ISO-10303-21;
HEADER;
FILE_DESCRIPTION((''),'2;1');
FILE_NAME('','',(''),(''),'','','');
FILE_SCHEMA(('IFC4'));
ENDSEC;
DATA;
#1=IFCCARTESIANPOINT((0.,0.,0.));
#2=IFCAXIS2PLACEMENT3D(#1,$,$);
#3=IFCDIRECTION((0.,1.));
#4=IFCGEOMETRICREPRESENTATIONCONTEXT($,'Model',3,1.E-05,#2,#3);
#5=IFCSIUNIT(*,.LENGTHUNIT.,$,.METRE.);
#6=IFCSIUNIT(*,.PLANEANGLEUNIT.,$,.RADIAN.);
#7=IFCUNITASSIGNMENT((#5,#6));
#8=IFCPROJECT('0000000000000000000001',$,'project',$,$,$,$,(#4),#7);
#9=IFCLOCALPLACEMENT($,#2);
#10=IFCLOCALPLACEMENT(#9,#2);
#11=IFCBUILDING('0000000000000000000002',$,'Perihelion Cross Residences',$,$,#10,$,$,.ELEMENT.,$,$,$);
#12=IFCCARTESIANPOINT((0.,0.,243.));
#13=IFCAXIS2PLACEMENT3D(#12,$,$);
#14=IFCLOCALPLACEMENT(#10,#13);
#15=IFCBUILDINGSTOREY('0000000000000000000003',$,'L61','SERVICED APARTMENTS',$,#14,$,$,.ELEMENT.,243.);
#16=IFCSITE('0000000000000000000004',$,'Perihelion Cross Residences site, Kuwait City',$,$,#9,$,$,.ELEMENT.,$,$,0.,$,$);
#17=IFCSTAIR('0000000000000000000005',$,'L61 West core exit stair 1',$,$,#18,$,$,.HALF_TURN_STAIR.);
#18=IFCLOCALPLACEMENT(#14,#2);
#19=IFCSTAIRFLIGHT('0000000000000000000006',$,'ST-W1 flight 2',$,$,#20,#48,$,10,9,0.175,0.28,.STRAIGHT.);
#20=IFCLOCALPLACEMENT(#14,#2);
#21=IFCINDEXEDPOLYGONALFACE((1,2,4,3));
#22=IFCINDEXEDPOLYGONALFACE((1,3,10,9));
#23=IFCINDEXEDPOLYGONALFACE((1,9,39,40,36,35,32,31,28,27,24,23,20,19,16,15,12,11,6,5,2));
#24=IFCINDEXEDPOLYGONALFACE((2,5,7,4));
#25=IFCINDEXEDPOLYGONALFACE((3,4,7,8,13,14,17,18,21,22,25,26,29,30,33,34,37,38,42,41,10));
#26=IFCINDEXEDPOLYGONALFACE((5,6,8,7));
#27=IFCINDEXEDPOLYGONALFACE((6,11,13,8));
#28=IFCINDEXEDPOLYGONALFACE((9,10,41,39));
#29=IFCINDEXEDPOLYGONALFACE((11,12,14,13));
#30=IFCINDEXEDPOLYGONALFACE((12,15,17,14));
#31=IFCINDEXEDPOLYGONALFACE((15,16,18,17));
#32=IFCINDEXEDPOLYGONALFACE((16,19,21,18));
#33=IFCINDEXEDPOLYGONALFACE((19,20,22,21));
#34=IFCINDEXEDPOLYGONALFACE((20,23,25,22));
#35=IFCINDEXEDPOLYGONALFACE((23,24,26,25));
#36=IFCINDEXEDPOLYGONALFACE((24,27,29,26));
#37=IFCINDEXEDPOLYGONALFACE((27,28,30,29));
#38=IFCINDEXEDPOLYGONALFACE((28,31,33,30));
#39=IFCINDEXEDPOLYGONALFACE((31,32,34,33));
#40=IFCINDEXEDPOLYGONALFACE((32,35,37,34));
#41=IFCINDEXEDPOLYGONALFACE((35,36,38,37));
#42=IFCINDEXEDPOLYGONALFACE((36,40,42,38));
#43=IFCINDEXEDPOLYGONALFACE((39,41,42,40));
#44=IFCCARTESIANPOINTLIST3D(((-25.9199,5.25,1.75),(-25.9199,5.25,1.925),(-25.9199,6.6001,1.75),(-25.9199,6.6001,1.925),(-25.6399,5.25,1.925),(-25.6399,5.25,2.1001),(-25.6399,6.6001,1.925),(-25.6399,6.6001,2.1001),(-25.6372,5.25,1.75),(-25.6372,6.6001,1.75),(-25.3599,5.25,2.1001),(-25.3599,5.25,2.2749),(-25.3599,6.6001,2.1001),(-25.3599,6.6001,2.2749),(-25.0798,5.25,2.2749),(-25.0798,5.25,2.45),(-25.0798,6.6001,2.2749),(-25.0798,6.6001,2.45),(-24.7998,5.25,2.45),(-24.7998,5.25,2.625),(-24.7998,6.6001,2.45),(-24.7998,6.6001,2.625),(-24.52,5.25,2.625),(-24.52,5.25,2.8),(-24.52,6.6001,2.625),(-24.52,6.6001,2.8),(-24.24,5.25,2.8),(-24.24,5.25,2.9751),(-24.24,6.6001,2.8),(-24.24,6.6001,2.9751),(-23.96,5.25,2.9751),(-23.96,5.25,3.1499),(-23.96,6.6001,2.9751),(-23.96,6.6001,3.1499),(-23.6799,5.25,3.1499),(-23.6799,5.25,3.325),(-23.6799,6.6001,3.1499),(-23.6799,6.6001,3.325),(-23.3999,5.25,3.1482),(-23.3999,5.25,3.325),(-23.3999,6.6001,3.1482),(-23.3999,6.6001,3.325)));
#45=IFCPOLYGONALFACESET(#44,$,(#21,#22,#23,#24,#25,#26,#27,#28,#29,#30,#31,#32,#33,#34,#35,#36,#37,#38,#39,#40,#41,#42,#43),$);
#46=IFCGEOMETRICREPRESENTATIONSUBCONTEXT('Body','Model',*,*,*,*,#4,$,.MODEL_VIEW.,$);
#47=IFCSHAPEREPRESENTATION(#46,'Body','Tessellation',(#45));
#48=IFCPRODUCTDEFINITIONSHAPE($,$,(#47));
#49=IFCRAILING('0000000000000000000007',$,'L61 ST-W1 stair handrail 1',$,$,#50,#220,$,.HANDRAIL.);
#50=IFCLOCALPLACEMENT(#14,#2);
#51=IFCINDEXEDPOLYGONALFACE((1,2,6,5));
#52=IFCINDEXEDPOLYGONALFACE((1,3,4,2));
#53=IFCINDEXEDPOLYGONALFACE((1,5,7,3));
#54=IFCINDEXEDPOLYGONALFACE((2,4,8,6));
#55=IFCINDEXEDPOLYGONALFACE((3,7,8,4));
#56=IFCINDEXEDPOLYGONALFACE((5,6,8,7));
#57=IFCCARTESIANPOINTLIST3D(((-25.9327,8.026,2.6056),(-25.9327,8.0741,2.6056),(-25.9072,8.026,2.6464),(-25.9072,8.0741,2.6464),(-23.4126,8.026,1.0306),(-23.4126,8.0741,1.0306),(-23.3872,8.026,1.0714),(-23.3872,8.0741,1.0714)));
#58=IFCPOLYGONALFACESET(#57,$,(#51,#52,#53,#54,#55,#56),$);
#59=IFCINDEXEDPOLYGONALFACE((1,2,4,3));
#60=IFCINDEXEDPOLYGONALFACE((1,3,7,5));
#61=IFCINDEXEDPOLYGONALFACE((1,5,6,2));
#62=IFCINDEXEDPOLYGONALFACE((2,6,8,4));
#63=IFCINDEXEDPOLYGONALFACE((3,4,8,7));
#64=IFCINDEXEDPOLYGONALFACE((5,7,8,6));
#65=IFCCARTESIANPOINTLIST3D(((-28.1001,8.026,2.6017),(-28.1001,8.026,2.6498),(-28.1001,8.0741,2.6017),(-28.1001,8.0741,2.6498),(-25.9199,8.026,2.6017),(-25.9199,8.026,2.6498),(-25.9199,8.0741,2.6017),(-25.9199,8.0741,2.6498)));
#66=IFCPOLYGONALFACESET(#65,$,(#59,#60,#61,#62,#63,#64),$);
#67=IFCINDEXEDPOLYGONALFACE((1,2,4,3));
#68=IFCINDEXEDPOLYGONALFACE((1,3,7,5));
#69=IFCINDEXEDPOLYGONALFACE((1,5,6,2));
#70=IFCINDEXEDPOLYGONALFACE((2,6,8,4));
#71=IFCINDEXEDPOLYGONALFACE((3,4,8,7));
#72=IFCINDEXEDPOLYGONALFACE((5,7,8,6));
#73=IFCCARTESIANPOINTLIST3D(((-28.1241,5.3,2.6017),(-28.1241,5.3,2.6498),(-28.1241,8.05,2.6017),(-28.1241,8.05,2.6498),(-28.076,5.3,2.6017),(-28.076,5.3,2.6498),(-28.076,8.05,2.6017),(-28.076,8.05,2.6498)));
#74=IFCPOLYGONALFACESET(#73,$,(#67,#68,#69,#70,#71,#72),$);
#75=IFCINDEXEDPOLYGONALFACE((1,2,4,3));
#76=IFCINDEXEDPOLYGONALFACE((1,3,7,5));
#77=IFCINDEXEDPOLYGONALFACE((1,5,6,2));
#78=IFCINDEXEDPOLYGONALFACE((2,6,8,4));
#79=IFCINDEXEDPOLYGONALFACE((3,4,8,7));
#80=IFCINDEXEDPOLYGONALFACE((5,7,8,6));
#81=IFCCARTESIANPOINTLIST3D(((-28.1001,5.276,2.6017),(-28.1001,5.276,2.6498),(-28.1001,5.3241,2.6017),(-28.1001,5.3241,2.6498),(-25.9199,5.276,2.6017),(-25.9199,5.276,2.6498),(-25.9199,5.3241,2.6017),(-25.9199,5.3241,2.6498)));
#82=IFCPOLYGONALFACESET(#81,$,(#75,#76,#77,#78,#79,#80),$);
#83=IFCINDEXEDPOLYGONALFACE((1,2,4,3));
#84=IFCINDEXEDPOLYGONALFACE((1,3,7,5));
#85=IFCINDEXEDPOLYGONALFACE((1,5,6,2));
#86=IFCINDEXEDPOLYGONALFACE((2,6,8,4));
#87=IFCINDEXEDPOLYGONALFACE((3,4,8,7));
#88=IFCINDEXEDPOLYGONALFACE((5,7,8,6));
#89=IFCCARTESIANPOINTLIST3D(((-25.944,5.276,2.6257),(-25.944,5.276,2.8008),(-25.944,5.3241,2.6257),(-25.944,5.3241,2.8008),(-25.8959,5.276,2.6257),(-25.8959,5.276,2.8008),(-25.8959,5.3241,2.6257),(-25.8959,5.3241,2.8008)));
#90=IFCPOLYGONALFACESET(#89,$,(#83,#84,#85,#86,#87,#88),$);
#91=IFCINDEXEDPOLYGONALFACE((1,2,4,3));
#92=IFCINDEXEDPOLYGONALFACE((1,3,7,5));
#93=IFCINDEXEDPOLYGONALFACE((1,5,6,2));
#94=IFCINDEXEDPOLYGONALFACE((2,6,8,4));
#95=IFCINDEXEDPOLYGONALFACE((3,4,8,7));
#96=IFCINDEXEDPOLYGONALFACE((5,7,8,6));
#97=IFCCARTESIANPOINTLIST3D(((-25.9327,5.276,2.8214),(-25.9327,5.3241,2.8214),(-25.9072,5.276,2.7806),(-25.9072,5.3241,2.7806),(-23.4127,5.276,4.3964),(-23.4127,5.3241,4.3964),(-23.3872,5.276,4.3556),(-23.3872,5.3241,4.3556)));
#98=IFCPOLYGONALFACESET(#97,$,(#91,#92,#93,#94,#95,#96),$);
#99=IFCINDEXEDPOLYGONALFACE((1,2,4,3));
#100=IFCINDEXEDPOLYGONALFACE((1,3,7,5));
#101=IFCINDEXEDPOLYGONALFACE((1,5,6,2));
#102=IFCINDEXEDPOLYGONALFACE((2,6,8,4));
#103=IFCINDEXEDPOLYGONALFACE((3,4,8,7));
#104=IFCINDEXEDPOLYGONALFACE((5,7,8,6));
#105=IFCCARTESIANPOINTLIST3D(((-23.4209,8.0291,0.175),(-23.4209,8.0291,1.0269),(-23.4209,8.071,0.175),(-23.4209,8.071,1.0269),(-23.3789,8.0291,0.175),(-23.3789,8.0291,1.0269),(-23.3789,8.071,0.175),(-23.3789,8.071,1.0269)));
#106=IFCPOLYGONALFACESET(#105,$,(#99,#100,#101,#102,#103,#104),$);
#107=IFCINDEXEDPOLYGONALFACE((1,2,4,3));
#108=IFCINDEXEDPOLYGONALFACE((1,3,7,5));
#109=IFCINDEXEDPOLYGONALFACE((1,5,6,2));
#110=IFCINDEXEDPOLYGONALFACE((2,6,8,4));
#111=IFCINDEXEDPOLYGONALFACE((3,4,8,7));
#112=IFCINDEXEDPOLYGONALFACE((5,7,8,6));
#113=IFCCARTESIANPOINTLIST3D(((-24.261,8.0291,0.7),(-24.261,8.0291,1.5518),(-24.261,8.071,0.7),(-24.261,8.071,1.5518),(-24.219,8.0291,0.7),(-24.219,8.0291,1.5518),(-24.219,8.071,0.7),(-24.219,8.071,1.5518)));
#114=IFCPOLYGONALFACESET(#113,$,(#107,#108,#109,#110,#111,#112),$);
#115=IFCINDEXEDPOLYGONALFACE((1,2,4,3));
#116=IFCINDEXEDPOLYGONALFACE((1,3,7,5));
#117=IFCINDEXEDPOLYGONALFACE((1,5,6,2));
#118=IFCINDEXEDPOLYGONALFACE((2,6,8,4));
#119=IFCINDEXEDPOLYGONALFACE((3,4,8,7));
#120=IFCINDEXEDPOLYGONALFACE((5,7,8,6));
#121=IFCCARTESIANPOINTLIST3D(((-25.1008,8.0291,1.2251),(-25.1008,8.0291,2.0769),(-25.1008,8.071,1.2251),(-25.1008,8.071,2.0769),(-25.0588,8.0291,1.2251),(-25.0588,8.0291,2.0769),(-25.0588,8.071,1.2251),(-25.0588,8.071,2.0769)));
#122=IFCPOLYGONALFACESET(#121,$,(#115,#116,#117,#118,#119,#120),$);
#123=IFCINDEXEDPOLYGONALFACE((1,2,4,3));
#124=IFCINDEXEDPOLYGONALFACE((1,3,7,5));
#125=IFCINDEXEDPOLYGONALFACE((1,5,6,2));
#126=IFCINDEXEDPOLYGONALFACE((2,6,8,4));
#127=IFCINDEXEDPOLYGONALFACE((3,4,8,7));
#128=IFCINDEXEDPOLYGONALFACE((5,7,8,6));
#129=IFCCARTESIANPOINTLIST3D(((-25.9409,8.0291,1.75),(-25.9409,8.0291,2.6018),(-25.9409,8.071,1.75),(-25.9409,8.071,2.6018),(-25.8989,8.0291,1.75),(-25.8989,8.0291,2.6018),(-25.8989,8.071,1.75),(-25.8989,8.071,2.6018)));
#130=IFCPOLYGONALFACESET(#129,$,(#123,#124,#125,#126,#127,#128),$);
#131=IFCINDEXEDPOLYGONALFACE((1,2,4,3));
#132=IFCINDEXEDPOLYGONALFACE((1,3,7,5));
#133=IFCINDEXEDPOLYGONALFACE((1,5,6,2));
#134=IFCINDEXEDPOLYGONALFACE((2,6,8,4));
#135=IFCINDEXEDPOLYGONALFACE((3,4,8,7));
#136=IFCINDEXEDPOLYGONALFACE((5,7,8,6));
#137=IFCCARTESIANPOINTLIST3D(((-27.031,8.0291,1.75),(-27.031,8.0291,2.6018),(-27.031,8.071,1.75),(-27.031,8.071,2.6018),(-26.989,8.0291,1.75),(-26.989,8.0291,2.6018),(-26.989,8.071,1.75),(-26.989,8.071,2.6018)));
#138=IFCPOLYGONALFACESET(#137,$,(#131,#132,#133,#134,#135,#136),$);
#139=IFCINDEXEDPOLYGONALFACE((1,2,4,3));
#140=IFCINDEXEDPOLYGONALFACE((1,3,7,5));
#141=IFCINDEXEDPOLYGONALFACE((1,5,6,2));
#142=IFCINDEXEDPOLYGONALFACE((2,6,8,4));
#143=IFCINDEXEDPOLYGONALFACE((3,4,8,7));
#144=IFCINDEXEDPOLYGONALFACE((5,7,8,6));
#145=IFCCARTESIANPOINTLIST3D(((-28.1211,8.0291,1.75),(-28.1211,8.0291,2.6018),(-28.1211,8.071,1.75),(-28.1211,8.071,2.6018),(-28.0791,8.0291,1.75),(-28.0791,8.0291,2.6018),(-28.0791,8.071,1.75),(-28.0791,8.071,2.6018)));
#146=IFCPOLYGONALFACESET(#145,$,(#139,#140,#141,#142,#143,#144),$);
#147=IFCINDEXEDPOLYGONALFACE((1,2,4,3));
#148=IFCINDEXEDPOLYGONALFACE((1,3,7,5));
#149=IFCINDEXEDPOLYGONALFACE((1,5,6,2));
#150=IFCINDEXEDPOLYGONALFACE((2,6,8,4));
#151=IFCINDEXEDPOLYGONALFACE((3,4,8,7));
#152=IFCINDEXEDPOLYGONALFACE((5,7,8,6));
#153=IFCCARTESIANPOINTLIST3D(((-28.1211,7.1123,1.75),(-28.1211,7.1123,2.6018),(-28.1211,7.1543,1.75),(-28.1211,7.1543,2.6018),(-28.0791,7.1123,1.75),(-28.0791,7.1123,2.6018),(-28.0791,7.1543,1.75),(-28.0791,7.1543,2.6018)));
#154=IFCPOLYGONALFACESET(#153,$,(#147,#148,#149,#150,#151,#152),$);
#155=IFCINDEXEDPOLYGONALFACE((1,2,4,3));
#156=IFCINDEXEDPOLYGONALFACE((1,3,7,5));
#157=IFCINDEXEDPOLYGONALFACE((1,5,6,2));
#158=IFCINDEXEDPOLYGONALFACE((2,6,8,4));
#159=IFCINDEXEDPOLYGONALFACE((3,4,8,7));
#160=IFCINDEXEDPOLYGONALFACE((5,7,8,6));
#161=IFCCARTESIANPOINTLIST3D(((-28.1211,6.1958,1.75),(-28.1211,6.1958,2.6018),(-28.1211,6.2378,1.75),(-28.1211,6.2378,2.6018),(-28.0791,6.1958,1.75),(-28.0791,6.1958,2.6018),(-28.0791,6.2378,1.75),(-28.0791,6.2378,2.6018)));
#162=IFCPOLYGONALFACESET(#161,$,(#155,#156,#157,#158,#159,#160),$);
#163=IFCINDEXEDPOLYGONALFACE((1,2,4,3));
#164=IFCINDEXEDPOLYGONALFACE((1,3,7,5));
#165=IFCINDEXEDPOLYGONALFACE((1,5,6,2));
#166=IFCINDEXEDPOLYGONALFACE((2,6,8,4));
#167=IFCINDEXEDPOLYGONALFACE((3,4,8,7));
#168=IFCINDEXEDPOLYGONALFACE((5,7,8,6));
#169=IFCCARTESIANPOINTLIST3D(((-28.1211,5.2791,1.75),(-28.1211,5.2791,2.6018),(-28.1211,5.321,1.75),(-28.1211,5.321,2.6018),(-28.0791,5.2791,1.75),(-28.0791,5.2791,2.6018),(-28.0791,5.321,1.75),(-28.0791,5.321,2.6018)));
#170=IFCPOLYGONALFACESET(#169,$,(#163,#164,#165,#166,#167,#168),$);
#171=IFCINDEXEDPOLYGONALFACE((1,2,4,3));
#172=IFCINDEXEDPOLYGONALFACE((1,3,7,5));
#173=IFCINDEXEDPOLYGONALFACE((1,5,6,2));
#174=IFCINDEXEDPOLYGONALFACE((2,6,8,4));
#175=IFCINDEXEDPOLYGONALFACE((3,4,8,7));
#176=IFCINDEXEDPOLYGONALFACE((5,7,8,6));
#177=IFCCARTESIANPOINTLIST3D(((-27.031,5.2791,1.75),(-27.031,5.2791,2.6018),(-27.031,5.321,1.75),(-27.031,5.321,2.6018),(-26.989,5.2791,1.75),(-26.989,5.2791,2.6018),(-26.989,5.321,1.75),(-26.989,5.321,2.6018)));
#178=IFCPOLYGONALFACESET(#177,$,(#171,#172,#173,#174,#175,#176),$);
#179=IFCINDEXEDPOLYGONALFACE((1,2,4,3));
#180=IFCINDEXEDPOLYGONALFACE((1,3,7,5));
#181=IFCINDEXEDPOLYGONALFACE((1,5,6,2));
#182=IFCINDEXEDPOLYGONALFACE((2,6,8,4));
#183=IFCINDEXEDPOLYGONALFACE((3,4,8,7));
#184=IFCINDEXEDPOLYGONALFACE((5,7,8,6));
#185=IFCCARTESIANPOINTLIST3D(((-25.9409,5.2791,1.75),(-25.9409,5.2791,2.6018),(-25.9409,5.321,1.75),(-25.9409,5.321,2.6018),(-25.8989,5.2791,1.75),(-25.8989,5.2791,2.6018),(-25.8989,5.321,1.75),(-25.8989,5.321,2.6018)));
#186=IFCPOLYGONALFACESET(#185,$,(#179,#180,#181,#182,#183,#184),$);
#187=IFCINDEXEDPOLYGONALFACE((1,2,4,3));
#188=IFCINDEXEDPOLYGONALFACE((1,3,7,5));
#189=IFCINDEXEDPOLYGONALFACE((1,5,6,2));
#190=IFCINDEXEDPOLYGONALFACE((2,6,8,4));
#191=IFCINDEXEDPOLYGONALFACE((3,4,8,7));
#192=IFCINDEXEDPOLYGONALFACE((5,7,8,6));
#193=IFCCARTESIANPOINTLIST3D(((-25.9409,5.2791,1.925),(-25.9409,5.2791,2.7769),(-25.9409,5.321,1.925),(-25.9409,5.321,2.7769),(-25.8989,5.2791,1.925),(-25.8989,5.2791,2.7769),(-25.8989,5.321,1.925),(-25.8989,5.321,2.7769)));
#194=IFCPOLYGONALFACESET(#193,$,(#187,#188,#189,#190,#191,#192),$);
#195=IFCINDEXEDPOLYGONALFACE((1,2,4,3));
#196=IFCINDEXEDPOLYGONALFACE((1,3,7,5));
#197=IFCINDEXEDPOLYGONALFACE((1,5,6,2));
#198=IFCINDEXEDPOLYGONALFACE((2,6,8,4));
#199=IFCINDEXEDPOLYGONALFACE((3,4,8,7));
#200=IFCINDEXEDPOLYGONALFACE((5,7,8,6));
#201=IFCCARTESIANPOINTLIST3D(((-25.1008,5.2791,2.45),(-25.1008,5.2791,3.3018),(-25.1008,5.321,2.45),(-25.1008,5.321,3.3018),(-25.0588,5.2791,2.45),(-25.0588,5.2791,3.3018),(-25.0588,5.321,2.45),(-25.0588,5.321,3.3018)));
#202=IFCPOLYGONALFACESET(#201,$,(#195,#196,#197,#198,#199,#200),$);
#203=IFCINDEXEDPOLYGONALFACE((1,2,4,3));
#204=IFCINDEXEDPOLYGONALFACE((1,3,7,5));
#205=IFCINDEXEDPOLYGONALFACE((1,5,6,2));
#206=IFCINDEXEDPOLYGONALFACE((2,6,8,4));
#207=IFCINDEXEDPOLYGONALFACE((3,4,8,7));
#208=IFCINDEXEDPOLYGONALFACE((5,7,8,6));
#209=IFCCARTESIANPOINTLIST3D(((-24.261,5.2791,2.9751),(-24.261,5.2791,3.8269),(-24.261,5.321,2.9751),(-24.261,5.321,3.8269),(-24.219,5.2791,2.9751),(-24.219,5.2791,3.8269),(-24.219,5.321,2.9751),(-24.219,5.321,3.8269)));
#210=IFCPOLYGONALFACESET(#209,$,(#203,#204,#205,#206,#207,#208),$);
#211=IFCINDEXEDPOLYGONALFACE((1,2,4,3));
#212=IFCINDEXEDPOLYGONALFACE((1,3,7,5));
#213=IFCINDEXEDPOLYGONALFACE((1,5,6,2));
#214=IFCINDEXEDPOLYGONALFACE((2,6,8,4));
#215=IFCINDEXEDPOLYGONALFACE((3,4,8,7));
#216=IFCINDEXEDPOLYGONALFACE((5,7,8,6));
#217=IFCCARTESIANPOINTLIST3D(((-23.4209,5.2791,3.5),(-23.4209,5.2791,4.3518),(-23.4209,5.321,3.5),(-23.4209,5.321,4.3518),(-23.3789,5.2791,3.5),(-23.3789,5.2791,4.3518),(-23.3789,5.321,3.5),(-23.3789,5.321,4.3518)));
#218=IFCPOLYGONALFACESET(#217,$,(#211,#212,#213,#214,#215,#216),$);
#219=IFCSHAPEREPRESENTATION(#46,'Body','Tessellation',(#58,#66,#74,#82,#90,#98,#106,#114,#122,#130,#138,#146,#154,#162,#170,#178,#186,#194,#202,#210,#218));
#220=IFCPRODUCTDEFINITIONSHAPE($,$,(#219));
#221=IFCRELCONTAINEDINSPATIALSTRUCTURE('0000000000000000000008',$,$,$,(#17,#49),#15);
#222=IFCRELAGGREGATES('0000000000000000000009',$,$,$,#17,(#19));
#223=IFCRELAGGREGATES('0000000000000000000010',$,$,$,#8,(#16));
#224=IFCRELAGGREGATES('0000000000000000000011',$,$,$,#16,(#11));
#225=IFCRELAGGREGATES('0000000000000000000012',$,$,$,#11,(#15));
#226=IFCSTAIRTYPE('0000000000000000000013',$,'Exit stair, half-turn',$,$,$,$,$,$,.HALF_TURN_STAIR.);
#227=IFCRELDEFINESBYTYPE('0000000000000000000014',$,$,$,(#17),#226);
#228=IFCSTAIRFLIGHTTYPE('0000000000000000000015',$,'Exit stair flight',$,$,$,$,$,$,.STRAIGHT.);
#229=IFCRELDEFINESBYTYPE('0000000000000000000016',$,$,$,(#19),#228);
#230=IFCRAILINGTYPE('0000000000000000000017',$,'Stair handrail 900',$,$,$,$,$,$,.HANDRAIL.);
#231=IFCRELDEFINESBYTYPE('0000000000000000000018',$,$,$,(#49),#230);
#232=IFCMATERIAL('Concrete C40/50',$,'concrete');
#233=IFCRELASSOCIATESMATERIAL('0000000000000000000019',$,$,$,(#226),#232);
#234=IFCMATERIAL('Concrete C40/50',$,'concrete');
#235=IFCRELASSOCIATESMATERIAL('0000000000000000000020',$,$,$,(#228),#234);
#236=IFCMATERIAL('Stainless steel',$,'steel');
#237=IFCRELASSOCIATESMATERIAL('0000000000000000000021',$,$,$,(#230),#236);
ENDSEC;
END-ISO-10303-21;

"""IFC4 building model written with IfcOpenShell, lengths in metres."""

from ifc_helpers import new_model, si_unit, direction, frame, origin, origin_2d, place, context, subcontext, project, spatial, polyline, rectangle, outline, extrude, material, type_object, element, aggregate, save


model = new_model("IFC4")

# Units and contexts
model_context = context("Model", 3, precision=1e-05, world=origin(), true_north=direction((0.0, 1.0)))
body_context = subcontext(model_context, "Body", "Model", "MODEL_VIEW")
ifc_project = project(units=[si_unit("LENGTHUNIT", "METRE"), si_unit("PLANEANGLEUNIT", "RADIAN")], contexts=[model_context])

# Site, building, storey
site_placement = place(None, origin())
site = spatial("IfcSite", under=ifc_project, at=site_placement, Name="Perihelion Cross Residences site, Kuwait City", CompositionType="ELEMENT", RefElevation=0.0)
building_placement = place(site_placement, origin())
building = spatial("IfcBuilding", under=site, at=building_placement, Name="Perihelion Cross Residences", CompositionType="ELEMENT")
storey_placement = place(building_placement, frame((0.0, 0.0, 243.0)))
storey = spatial("IfcBuildingStorey", under=building, at=storey_placement, Name="L61", Description="SERVICED APARTMENTS", CompositionType="ELEMENT", Elevation=243.0)

# Stair, stair flight
ifc_material_1 = material(Name="Concrete C40/50", Category="concrete")
stair_type = type_object("IfcStairType", Name="Exit stair, half-turn", PredefinedType="HALF_TURN_STAIR", material=ifc_material_1)
stair_placement = place(storey_placement, origin())
stair = element("IfcStair", 1, at=stair_placement, inside=storey, type_object=stair_type, Name="L61 West core exit stair 1", PredefinedType="HALF_TURN_STAIR")
ifc_material_2 = material(Name="Concrete C40/50", Category="concrete")
stair_flight_type = type_object("IfcStairFlightType", Name="Exit stair flight", PredefinedType="STRAIGHT", material=ifc_material_2)
stair_flight_1_placement = place(storey_placement, frame((-25.9199, 5.925, 1.75), z_axis=(0.0, 0.0, 1.0), x_axis=(1.0, 0.0, 0.0)))
stair_flight_1 = element("IfcStairFlight", 2, at=stair_flight_1_placement, type_object=stair_flight_type, Name="ST-W1 flight 2", NumberOfRisers=10, NumberOfTreads=9, PredefinedType="STRAIGHT", RiserHeight=0.175, TreadLength=0.28, context=body_context, shape_type="SweptSolid", body=[
    extrude(outline(polyline([(0.0, 0.0), (0.0, 0.175), (0.28, 0.175), (0.28, 0.3501), (0.5601, 0.3501), (0.5601, 0.5249), (0.8401, 0.5249), (0.8401, 0.7), (1.1201, 0.7), (1.1201, 0.875), (1.3999, 0.875), (1.3999, 1.05), (1.6799, 1.05), (1.6799, 1.2251), (1.96, 1.2251), (1.96, 1.3999), (2.24, 1.3999), (2.24, 1.575), (2.52, 1.575), (2.52, 1.75), (2.52, 1.3982), (0.2827, 0.0), (0.0, 0.0)])), frame((0.0, 0.675, 0.0), z_axis=(0.0, -1.0, 0.0), x_axis=(1.0, 0.0, 0.0)), (0.0, 0.0, 1.0), 1.3501),
])
aggregate(stair, [stair_flight_1])

# Railing
ifc_material_3 = material(Name="Stainless steel", Category="steel")
railing_type = type_object("IfcRailingType", Name="Stair handrail 900", PredefinedType="HANDRAIL", material=ifc_material_3)
railing_placement = place(storey_placement, frame((-23.3999, 8.05, 0.175)))
element("IfcRailing", 3, at=railing_placement, inside=storey, type_object=railing_type, Name="L61 ST-W1 stair handrail 1", PredefinedType="HANDRAIL", context=body_context, shape_type="SweptSolid", body=[
    extrude(rectangle(XDim=0.0481, YDim=0.0481, at=origin_2d()), frame((0.0, 0.0, 0.876), z_axis=(-0.848008, 0.0, 0.529984), x_axis=(0.0, -1.0, 0.0)), (0.0, 0.0, 1.0), 2.9717),
    extrude(rectangle(XDim=0.0481, YDim=0.0481, at=origin_2d()), frame((-2.52, 0.0, 2.4507), z_axis=(-1.0, 0.0, 0.0), x_axis=(0.0, -1.0, 0.0)), (0.0, 0.0, 1.0), 2.1802),
    extrude(rectangle(XDim=0.0481, YDim=0.0481, at=origin_2d()), frame((-4.7002, 0.0, 2.4507), z_axis=(0.0, -1.0, 0.0), x_axis=(1.0, 0.0, 0.0)), (0.0, 0.0, 1.0), 2.75),
    extrude(rectangle(XDim=0.0481, YDim=0.0481, at=origin_2d()), frame((-4.7002, -2.75, 2.4507), z_axis=(1.0, 0.0, 0.0), x_axis=(0.0, 1.0, 0.0)), (0.0, 0.0, 1.0), 2.1802),
    extrude(rectangle(XDim=0.0481, YDim=0.0481, at=origin_2d()), frame((-2.52, -2.75, 2.4507), z_axis=(0.0, 0.0, 1.0), x_axis=(1.0, 0.0, 0.0)), (0.0, 0.0, 1.0), 0.175),
    extrude(rectangle(XDim=0.0481, YDim=0.0481, at=origin_2d()), frame((-2.52, -2.75, 2.626), z_axis=(0.848008, 0.0, 0.529984), x_axis=(0.0, 1.0, 0.0)), (0.0, 0.0, 1.0), 2.9717),
    extrude(rectangle(XDim=0.042, YDim=0.042, at=origin_2d()), origin(), (0.0, 0.0, 1.0), 0.8518),
    extrude(rectangle(XDim=0.042, YDim=0.042, at=origin_2d()), frame((-0.8401, 0.0, 0.5249)), (0.0, 0.0, 1.0), 0.8518),
    extrude(rectangle(XDim=0.042, YDim=0.042, at=origin_2d()), frame((-1.6799, 0.0, 1.05)), (0.0, 0.0, 1.0), 0.8518),
    extrude(rectangle(XDim=0.042, YDim=0.042, at=origin_2d()), frame((-2.52, 0.0, 1.575)), (0.0, 0.0, 1.0), 0.8518),
    extrude(rectangle(XDim=0.042, YDim=0.042, at=origin_2d()), frame((-3.6101, 0.0, 1.575)), (0.0, 0.0, 1.0), 0.8518),
    extrude(rectangle(XDim=0.042, YDim=0.042, at=origin_2d()), frame((-4.7002, 0.0, 1.575)), (0.0, 0.0, 1.0), 0.8518),
    extrude(rectangle(XDim=0.042, YDim=0.042, at=origin_2d()), frame((-4.7002, -0.9167, 1.575)), (0.0, 0.0, 1.0), 0.8518),
    extrude(rectangle(XDim=0.042, YDim=0.042, at=origin_2d()), frame((-4.7002, -1.8333, 1.575)), (0.0, 0.0, 1.0), 0.8518),
    extrude(rectangle(XDim=0.042, YDim=0.042, at=origin_2d()), frame((-4.7002, -2.75, 1.575)), (0.0, 0.0, 1.0), 0.8518),
    extrude(rectangle(XDim=0.042, YDim=0.042, at=origin_2d()), frame((-3.6101, -2.75, 1.575)), (0.0, 0.0, 1.0), 0.8518),
    extrude(rectangle(XDim=0.042, YDim=0.042, at=origin_2d()), frame((-2.52, -2.75, 1.575)), (0.0, 0.0, 1.0), 0.8518),
    extrude(rectangle(XDim=0.042, YDim=0.042, at=origin_2d()), frame((-2.52, -2.75, 1.75)), (0.0, 0.0, 1.0), 0.8518),
    extrude(rectangle(XDim=0.042, YDim=0.042, at=origin_2d()), frame((-1.6799, -2.75, 2.2749)), (0.0, 0.0, 1.0), 0.8518),
    extrude(rectangle(XDim=0.042, YDim=0.042, at=origin_2d()), frame((-0.8401, -2.75, 2.8)), (0.0, 0.0, 1.0), 0.8518),
    extrude(rectangle(XDim=0.042, YDim=0.042, at=origin_2d()), frame((0.0, -2.75, 3.325)), (0.0, 0.0, 1.0), 0.8518),
])

save(model, "model.ifc")
